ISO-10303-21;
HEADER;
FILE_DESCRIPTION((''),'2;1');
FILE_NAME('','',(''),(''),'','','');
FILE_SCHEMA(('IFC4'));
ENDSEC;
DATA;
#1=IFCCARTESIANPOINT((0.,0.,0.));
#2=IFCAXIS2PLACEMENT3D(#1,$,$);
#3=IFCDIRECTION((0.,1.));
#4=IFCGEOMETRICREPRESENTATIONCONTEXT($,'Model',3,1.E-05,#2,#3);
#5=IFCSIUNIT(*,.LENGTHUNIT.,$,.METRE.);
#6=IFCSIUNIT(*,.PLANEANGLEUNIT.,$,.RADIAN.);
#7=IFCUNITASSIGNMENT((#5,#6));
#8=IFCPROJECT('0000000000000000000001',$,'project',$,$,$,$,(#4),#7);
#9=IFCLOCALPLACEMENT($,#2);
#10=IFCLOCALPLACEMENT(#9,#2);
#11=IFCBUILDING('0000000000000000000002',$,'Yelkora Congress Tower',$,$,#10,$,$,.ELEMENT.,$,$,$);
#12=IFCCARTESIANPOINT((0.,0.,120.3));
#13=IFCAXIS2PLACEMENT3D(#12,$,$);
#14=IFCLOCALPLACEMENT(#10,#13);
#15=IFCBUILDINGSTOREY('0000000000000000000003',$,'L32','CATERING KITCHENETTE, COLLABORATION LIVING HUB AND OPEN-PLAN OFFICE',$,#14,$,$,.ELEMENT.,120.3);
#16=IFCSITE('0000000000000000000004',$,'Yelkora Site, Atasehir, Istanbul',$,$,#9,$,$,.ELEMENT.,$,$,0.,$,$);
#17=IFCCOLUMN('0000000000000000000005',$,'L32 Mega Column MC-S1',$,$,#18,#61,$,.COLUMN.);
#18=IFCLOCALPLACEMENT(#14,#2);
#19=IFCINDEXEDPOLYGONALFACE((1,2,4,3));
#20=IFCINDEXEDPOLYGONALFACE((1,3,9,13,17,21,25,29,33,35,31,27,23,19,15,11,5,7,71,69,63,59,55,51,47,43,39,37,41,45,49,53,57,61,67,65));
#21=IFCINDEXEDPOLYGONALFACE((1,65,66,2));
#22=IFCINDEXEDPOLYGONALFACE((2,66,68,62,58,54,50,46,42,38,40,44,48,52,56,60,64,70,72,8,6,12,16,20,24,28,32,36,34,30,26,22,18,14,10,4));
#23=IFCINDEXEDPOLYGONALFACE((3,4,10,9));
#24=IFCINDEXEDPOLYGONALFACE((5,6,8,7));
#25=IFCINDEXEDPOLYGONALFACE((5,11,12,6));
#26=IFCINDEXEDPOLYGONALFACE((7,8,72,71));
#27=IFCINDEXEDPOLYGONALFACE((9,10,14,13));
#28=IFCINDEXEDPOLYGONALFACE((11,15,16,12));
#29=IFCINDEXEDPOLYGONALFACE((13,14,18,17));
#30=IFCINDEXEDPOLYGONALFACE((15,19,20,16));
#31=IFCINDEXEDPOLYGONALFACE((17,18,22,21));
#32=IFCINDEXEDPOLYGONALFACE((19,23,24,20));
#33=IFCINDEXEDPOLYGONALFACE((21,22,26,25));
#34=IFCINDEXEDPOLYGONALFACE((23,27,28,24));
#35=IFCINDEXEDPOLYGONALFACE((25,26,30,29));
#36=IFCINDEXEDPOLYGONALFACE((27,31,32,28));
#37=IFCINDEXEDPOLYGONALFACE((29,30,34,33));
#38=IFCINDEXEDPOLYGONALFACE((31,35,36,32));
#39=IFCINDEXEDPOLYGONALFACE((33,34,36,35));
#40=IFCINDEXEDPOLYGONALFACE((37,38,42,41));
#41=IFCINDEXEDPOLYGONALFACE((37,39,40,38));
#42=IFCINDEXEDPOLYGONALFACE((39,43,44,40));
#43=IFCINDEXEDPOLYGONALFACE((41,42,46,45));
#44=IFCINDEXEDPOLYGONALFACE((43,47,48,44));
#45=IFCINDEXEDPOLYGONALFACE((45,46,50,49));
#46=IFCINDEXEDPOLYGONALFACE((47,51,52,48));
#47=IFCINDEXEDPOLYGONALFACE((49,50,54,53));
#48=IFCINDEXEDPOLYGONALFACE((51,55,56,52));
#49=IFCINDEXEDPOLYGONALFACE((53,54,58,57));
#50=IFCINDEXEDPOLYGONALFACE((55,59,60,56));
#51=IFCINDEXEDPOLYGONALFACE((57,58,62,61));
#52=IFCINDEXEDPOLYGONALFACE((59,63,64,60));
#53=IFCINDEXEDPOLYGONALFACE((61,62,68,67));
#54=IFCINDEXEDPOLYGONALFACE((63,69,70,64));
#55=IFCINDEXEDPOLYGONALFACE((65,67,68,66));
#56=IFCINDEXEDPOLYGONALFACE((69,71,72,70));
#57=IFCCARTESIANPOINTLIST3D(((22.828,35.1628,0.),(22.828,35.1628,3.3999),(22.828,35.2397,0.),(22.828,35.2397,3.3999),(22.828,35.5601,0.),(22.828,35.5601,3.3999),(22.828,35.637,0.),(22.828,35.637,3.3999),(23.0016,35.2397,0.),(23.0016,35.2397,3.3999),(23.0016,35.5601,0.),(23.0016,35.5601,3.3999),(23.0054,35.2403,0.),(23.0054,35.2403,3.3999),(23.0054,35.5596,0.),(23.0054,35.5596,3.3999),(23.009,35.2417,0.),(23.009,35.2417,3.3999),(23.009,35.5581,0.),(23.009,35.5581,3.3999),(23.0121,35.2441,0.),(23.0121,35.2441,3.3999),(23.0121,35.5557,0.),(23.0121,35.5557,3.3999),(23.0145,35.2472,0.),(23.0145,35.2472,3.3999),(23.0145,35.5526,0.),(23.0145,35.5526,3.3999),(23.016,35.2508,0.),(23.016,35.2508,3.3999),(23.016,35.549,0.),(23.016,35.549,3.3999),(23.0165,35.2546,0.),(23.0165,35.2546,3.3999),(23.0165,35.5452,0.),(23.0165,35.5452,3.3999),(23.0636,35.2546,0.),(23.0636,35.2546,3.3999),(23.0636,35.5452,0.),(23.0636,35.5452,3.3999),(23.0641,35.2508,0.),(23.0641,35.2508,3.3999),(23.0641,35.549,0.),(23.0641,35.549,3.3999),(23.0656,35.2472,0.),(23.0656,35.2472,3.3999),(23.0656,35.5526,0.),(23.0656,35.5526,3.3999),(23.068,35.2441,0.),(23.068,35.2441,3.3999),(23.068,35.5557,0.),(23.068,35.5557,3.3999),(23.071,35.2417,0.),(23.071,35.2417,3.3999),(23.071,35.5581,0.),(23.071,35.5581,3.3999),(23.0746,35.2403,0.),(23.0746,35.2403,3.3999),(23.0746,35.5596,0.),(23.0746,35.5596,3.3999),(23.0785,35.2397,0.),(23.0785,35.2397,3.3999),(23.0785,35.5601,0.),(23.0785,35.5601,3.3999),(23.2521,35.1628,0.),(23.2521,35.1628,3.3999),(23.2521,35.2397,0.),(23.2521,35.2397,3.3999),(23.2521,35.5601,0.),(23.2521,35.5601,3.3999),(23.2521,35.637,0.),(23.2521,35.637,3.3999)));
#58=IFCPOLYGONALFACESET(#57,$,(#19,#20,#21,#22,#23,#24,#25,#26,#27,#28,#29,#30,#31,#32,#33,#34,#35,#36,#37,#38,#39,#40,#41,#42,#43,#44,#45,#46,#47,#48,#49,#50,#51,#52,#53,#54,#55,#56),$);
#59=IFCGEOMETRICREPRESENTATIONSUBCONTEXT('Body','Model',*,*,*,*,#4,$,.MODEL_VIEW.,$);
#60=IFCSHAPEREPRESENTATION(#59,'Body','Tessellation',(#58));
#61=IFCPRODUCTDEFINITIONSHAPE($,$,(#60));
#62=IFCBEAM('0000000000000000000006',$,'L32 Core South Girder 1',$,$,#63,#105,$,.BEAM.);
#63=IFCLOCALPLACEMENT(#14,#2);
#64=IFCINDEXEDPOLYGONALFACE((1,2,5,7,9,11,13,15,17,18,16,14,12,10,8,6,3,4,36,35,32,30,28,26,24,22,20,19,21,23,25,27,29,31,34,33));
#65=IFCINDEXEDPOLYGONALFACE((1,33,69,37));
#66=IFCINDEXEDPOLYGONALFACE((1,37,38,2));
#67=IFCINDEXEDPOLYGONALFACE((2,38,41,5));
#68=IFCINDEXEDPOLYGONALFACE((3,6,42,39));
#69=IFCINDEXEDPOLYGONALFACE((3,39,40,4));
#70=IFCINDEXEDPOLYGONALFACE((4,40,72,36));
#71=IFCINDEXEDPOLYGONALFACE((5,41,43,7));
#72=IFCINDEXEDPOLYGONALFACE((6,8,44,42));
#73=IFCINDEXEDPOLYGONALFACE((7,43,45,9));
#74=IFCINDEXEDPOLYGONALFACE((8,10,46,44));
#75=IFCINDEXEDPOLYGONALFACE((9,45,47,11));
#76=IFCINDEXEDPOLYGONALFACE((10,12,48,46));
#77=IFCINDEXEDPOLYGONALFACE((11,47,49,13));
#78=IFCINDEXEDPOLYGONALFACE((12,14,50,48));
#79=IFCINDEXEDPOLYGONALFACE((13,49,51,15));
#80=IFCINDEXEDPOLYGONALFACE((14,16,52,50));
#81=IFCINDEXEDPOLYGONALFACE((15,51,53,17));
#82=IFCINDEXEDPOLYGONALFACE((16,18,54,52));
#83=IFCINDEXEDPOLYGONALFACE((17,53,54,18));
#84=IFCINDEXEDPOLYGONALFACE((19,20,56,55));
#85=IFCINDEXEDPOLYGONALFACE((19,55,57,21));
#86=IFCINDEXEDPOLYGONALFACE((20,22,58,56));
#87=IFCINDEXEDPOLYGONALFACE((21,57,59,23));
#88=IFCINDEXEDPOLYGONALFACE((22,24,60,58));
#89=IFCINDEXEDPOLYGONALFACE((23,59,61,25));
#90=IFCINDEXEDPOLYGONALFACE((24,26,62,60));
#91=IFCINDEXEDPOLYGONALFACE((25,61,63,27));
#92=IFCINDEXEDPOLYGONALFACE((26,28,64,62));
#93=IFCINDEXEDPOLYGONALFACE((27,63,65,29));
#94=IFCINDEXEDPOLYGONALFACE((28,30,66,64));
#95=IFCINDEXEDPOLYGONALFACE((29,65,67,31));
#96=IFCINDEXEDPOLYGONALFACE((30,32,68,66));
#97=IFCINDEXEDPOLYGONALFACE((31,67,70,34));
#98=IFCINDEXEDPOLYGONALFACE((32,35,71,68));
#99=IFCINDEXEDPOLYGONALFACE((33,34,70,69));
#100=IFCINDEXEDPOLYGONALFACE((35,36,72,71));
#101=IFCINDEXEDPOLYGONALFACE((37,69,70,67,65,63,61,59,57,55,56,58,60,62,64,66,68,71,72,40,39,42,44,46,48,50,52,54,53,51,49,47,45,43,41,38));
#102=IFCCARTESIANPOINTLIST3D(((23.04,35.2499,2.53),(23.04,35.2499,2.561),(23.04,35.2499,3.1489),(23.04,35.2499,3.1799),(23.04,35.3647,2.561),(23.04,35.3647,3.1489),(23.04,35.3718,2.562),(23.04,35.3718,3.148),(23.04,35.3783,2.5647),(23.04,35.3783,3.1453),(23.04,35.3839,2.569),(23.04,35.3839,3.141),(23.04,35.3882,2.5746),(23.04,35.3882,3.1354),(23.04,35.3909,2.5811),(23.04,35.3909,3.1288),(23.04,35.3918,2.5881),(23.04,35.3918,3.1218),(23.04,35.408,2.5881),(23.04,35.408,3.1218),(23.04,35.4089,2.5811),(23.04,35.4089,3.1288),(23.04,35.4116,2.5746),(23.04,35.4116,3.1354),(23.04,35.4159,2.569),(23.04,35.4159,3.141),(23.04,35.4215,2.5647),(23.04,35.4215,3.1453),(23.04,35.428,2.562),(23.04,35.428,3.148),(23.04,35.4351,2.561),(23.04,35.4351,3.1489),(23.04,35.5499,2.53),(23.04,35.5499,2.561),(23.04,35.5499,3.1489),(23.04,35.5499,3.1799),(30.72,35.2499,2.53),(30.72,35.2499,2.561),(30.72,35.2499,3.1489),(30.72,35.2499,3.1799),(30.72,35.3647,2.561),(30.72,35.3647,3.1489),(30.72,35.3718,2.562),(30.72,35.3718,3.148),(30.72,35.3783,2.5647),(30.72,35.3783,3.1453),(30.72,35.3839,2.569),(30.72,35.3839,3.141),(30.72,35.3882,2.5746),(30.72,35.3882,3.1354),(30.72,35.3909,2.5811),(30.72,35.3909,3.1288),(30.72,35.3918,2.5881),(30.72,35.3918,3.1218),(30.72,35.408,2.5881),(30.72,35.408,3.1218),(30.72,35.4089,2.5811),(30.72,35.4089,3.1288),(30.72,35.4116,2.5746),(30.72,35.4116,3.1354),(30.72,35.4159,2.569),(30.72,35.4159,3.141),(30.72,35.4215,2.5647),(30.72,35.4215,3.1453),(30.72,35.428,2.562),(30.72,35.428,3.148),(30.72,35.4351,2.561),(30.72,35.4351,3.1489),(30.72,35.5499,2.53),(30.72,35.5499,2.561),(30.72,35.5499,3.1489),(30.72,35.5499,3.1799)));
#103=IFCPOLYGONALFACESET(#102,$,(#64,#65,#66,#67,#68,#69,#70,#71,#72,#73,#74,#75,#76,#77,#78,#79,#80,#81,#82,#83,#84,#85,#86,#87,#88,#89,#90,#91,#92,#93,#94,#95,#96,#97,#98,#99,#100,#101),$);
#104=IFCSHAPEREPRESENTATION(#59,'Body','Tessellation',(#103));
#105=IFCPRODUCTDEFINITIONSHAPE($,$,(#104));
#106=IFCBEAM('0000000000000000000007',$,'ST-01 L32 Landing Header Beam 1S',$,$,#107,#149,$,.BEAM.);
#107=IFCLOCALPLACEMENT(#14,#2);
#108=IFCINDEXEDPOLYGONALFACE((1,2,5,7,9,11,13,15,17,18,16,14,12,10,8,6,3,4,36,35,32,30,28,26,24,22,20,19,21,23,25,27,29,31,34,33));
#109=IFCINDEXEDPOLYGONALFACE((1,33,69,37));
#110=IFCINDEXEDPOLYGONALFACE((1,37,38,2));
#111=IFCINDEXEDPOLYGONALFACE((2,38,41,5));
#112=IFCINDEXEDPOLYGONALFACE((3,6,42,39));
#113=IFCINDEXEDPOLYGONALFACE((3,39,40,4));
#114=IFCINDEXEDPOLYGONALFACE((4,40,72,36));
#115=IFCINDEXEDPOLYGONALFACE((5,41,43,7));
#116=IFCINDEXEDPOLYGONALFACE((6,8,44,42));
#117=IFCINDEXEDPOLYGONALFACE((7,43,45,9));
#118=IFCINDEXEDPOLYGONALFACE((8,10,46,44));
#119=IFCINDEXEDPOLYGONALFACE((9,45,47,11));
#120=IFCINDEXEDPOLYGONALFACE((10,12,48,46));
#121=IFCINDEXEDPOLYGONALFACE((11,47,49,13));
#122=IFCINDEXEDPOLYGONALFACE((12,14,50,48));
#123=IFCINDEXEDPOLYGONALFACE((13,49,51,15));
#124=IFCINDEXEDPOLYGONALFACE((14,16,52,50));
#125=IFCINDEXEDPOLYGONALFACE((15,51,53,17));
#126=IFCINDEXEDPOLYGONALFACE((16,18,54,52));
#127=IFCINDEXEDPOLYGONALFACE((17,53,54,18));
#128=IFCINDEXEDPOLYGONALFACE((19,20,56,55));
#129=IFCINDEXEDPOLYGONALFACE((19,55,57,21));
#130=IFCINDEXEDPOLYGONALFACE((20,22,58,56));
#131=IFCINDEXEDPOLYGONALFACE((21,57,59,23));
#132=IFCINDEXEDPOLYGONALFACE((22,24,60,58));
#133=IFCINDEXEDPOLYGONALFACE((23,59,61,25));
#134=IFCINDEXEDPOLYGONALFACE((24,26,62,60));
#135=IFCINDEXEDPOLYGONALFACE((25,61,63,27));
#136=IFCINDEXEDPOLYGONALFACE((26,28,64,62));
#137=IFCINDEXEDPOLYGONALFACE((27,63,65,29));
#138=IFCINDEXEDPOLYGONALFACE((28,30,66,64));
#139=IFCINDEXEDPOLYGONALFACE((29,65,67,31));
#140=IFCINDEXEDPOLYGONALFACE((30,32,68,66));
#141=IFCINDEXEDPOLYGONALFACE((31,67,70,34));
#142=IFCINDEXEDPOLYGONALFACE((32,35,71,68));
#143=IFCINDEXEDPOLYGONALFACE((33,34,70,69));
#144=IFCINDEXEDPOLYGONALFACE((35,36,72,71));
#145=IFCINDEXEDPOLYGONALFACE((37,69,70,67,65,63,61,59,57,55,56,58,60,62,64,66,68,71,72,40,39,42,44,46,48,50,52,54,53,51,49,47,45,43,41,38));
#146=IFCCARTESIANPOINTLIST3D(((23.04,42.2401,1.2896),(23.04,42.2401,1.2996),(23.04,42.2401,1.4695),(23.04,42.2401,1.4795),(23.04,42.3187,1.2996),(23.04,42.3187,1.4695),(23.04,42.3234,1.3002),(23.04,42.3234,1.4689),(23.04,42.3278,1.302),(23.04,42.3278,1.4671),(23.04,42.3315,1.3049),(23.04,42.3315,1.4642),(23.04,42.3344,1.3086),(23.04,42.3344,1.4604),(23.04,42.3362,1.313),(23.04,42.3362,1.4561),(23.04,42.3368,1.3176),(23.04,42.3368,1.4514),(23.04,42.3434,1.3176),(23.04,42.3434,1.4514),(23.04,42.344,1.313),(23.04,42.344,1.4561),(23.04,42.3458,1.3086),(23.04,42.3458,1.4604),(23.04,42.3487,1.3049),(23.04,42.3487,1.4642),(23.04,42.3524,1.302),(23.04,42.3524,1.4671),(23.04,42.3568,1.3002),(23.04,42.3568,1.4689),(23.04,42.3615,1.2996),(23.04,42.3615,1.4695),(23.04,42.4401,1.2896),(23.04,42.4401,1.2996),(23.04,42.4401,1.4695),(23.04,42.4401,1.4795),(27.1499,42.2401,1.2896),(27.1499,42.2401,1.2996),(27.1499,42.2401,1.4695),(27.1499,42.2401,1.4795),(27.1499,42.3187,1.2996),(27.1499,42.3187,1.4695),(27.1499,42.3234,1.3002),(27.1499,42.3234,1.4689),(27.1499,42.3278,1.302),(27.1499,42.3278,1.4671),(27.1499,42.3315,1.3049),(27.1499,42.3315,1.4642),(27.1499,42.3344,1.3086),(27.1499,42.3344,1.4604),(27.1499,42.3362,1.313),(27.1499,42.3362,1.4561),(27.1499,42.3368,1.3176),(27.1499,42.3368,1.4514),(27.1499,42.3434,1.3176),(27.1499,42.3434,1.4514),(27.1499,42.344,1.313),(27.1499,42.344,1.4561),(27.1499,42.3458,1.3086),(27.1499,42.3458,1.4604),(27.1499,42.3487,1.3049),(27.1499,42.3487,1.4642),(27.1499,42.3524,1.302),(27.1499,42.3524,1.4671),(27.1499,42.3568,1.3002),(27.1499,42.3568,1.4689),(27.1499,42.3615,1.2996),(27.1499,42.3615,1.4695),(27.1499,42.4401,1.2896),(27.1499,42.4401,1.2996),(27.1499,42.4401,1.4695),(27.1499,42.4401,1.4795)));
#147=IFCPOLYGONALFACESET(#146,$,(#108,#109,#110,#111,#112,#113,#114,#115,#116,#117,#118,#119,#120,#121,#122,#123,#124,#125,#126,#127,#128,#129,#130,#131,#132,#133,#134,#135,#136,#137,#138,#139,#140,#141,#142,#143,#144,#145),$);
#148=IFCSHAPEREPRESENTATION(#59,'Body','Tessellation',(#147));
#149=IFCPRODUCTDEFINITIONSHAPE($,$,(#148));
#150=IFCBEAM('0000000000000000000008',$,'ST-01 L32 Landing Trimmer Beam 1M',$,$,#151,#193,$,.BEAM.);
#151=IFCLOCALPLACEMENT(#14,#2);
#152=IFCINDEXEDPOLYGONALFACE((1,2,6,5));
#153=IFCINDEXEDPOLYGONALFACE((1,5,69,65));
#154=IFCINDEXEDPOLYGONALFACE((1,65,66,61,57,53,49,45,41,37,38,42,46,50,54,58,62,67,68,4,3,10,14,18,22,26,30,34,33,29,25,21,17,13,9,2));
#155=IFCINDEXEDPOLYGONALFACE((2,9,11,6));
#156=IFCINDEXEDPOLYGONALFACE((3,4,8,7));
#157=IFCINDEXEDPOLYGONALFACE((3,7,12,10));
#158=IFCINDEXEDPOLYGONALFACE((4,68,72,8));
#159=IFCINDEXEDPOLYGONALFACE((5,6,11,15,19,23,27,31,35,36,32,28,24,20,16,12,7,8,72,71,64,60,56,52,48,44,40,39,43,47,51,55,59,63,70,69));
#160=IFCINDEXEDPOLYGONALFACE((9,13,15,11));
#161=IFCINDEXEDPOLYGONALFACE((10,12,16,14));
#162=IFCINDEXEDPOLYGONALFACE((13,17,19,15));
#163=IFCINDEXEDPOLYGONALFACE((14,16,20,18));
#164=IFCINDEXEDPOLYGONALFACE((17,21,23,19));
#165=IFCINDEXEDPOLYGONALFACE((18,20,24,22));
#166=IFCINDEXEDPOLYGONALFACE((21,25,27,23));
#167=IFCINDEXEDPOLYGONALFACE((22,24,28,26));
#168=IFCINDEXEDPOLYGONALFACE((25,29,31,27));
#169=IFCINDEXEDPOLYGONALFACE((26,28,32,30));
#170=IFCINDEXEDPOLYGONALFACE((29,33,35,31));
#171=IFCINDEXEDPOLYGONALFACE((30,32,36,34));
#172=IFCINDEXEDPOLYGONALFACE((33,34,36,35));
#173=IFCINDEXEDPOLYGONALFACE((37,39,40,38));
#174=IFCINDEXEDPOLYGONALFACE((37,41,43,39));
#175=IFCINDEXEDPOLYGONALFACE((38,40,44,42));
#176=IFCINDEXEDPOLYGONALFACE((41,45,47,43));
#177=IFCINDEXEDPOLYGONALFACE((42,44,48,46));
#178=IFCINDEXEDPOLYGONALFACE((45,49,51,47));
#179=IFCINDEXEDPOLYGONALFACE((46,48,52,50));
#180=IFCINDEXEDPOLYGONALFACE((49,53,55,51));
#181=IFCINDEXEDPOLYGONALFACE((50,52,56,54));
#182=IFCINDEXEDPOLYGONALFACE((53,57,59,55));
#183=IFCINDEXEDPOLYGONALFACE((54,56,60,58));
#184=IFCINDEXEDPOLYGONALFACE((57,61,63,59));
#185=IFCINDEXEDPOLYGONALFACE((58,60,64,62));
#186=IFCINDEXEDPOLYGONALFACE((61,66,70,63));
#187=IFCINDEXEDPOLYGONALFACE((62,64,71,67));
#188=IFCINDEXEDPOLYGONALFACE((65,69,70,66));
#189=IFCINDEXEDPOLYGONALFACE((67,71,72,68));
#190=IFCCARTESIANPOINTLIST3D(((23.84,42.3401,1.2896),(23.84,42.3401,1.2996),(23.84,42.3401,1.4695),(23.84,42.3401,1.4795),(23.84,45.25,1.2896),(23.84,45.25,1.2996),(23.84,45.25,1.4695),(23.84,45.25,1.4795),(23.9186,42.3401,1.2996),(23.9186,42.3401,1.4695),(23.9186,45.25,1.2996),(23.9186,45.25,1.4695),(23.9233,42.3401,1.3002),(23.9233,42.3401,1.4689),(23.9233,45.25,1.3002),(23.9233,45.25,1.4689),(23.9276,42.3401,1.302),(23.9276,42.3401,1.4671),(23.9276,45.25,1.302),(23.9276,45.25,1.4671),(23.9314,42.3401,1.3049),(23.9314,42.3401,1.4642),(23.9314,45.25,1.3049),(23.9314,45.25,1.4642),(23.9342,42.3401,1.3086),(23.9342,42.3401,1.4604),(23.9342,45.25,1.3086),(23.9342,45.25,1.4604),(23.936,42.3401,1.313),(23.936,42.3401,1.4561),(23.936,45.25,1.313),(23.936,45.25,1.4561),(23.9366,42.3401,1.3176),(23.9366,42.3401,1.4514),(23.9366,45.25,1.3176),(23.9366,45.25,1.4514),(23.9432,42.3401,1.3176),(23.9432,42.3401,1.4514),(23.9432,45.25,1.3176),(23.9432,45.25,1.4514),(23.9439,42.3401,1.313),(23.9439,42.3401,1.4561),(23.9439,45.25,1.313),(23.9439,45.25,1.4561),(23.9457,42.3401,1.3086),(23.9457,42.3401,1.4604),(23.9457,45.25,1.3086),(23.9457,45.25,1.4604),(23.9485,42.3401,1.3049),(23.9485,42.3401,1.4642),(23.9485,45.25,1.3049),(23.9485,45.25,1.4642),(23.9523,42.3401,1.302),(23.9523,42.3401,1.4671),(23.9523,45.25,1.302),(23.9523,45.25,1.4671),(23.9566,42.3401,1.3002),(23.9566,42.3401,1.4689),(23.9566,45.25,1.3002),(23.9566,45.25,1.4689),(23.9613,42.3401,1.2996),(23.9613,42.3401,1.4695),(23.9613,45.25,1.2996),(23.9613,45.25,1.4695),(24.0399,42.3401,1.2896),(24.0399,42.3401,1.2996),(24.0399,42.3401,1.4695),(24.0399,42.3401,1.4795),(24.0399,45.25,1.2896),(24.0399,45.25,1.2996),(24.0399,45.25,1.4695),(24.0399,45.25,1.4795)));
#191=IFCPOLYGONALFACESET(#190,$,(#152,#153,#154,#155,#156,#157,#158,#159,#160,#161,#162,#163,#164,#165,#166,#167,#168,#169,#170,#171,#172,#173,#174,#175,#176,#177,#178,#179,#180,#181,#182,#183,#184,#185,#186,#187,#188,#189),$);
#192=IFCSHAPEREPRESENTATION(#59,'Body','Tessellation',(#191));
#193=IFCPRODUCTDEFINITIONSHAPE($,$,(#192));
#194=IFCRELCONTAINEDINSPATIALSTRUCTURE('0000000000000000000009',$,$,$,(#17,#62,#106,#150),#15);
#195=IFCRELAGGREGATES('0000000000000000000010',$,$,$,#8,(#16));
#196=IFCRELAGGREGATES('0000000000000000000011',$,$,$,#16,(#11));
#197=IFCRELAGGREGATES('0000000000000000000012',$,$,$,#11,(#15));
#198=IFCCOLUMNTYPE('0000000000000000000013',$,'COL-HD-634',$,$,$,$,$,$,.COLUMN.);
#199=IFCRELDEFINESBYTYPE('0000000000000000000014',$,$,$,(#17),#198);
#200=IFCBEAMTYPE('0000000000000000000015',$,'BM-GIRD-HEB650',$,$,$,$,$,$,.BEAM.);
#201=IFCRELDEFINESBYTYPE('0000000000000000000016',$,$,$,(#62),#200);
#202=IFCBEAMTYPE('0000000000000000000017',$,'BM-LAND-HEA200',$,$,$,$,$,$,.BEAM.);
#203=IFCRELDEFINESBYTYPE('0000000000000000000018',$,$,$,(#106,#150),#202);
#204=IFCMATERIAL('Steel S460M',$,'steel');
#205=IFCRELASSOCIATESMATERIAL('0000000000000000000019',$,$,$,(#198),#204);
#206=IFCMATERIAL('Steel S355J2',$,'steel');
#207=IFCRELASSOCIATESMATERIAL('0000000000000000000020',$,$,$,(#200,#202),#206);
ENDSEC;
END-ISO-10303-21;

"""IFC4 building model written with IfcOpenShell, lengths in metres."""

from ifc_helpers import new_model, si_unit, direction, frame, origin, origin_2d, place, context, subcontext, project, spatial, i_section, extrude, material, material_profile, profile_set, type_object, element, save


model = new_model("IFC4")

# Units and contexts
model_context = context("Model", 3, precision=1e-05, world=origin(), true_north=direction((0.0, 1.0)))
body_context = subcontext(model_context, "Body", "Model", "MODEL_VIEW")
ifc_project = project(units=[si_unit("LENGTHUNIT", "METRE"), si_unit("PLANEANGLEUNIT", "RADIAN")], contexts=[model_context])

# Site, building, storey
site_placement = place(None, origin())
site = spatial("IfcSite", under=ifc_project, at=site_placement, Name="Yelkora Site, Atasehir, Istanbul", CompositionType="ELEMENT", RefElevation=0.0)
building_placement = place(site_placement, origin())
building = spatial("IfcBuilding", under=site, at=building_placement, Name="Yelkora Congress Tower", CompositionType="ELEMENT")
storey_placement = place(building_placement, frame((0.0, 0.0, 120.3)))
storey = spatial("IfcBuildingStorey", under=building, at=storey_placement, Name="L32", Description="CATERING KITCHENETTE, COLLABORATION LIVING HUB AND OPEN-PLAN OFFICE", CompositionType="ELEMENT", Elevation=120.3)

# Column
ifc_material_1 = material(Name="Steel S460M", Category="steel")
ifc_material_profile_1 = material_profile(ifc_material_1, i_section(OverallWidth=0.4241, OverallDepth=0.4741, WebThickness=0.0471, FlangeThickness=0.0769, FilletRadius=0.0149, at=origin_2d()), Name="HD 400x634")
ifc_profile_set_1 = profile_set([ifc_material_profile_1], Name="Steel S460M")
column_type = type_object("IfcColumnType", Name="COL-HD-634", PredefinedType="COLUMN", material=ifc_profile_set_1)
column_placement = place(storey_placement, frame((23.04, 35.3999, 0.0), z_axis=(0.0, 0.0, 1.0), x_axis=(1.0, 0.0, 0.0)))
element("IfcColumn", 1, at=column_placement, inside=storey, type_object=column_type, Name="L32 Mega Column MC-S1", PredefinedType="COLUMN", context=body_context, shape_type="SweptSolid", body=[
    extrude(i_section(OverallWidth=0.4241, OverallDepth=0.4741, WebThickness=0.0471, FlangeThickness=0.0769, FilletRadius=0.0149, at=origin_2d()), origin(), (0.0, 0.0, 1.0), 3.3999),
])

# Beams
ifc_material_2 = material(Name="Steel S355J2", Category="steel")
ifc_material_profile_2 = material_profile(ifc_material_2, i_section(OverallWidth=0.3, OverallDepth=0.6499, WebThickness=0.0161, FlangeThickness=0.031, FilletRadius=0.0271, at=origin_2d()), Name="HEB 650")
ifc_profile_set_2 = profile_set([ifc_material_profile_2], Name="Steel S355J2")
beam_type_1 = type_object("IfcBeamType", Name="BM-GIRD-HEB650", PredefinedType="BEAM", material=ifc_profile_set_2)
beam_1_placement = place(storey_placement, frame((23.04, 35.3999, 2.855), z_axis=(1.0, 0.0, 0.0), x_axis=(0.0, 1.0, 0.0)))
element("IfcBeam", 2, at=beam_1_placement, inside=storey, type_object=beam_type_1, Name="L32 Core South Girder 1", PredefinedType="BEAM", context=body_context, shape_type="SweptSolid", body=[
    extrude(i_section(OverallWidth=0.3, OverallDepth=0.6499, WebThickness=0.0161, FlangeThickness=0.031, FilletRadius=0.0271, at=origin_2d()), origin(), (0.0, 0.0, 1.0), 7.6799),
])
ifc_material_profile_3 = material_profile(ifc_material_2, i_section(OverallWidth=0.2, OverallDepth=0.1899, WebThickness=0.0066, FlangeThickness=0.01, FilletRadius=0.0181, at=origin_2d()), Name="HEA 200")
ifc_profile_set_3 = profile_set([ifc_material_profile_3], Name="Steel S355J2")
beam_type_2 = type_object("IfcBeamType", Name="BM-LAND-HEA200", PredefinedType="BEAM", material=ifc_profile_set_3)
beam_2_placement = place(storey_placement, frame((23.04, 42.3401, 1.3845), z_axis=(1.0, 0.0, 0.0), x_axis=(0.0, 1.0, 0.0)))
element("IfcBeam", 3, at=beam_2_placement, inside=storey, type_object=beam_type_2, Name="ST-01 L32 Landing Header Beam 1S", PredefinedType="BEAM", context=body_context, shape_type="SweptSolid", body=[
    extrude(i_section(OverallWidth=0.2, OverallDepth=0.1899, WebThickness=0.0066, FlangeThickness=0.01, FilletRadius=0.0181, at=origin_2d()), origin(), (0.0, 0.0, 1.0), 4.1099),
])
beam_3_placement = place(storey_placement, frame((23.9399, 42.3401, 1.3845), z_axis=(0.0, 1.0, 0.0), x_axis=(-1.0, 0.0, 0.0)))
element("IfcBeam", 4, at=beam_3_placement, inside=storey, type_object=beam_type_2, Name="ST-01 L32 Landing Trimmer Beam 1M", PredefinedType="BEAM", context=body_context, shape_type="SweptSolid", body=[
    extrude(i_section(OverallWidth=0.2, OverallDepth=0.1899, WebThickness=0.0066, FlangeThickness=0.01, FilletRadius=0.0181, at=origin_2d()), origin(), (0.0, 0.0, 1.0), 2.9099),
])

save(model, "model.ifc")
